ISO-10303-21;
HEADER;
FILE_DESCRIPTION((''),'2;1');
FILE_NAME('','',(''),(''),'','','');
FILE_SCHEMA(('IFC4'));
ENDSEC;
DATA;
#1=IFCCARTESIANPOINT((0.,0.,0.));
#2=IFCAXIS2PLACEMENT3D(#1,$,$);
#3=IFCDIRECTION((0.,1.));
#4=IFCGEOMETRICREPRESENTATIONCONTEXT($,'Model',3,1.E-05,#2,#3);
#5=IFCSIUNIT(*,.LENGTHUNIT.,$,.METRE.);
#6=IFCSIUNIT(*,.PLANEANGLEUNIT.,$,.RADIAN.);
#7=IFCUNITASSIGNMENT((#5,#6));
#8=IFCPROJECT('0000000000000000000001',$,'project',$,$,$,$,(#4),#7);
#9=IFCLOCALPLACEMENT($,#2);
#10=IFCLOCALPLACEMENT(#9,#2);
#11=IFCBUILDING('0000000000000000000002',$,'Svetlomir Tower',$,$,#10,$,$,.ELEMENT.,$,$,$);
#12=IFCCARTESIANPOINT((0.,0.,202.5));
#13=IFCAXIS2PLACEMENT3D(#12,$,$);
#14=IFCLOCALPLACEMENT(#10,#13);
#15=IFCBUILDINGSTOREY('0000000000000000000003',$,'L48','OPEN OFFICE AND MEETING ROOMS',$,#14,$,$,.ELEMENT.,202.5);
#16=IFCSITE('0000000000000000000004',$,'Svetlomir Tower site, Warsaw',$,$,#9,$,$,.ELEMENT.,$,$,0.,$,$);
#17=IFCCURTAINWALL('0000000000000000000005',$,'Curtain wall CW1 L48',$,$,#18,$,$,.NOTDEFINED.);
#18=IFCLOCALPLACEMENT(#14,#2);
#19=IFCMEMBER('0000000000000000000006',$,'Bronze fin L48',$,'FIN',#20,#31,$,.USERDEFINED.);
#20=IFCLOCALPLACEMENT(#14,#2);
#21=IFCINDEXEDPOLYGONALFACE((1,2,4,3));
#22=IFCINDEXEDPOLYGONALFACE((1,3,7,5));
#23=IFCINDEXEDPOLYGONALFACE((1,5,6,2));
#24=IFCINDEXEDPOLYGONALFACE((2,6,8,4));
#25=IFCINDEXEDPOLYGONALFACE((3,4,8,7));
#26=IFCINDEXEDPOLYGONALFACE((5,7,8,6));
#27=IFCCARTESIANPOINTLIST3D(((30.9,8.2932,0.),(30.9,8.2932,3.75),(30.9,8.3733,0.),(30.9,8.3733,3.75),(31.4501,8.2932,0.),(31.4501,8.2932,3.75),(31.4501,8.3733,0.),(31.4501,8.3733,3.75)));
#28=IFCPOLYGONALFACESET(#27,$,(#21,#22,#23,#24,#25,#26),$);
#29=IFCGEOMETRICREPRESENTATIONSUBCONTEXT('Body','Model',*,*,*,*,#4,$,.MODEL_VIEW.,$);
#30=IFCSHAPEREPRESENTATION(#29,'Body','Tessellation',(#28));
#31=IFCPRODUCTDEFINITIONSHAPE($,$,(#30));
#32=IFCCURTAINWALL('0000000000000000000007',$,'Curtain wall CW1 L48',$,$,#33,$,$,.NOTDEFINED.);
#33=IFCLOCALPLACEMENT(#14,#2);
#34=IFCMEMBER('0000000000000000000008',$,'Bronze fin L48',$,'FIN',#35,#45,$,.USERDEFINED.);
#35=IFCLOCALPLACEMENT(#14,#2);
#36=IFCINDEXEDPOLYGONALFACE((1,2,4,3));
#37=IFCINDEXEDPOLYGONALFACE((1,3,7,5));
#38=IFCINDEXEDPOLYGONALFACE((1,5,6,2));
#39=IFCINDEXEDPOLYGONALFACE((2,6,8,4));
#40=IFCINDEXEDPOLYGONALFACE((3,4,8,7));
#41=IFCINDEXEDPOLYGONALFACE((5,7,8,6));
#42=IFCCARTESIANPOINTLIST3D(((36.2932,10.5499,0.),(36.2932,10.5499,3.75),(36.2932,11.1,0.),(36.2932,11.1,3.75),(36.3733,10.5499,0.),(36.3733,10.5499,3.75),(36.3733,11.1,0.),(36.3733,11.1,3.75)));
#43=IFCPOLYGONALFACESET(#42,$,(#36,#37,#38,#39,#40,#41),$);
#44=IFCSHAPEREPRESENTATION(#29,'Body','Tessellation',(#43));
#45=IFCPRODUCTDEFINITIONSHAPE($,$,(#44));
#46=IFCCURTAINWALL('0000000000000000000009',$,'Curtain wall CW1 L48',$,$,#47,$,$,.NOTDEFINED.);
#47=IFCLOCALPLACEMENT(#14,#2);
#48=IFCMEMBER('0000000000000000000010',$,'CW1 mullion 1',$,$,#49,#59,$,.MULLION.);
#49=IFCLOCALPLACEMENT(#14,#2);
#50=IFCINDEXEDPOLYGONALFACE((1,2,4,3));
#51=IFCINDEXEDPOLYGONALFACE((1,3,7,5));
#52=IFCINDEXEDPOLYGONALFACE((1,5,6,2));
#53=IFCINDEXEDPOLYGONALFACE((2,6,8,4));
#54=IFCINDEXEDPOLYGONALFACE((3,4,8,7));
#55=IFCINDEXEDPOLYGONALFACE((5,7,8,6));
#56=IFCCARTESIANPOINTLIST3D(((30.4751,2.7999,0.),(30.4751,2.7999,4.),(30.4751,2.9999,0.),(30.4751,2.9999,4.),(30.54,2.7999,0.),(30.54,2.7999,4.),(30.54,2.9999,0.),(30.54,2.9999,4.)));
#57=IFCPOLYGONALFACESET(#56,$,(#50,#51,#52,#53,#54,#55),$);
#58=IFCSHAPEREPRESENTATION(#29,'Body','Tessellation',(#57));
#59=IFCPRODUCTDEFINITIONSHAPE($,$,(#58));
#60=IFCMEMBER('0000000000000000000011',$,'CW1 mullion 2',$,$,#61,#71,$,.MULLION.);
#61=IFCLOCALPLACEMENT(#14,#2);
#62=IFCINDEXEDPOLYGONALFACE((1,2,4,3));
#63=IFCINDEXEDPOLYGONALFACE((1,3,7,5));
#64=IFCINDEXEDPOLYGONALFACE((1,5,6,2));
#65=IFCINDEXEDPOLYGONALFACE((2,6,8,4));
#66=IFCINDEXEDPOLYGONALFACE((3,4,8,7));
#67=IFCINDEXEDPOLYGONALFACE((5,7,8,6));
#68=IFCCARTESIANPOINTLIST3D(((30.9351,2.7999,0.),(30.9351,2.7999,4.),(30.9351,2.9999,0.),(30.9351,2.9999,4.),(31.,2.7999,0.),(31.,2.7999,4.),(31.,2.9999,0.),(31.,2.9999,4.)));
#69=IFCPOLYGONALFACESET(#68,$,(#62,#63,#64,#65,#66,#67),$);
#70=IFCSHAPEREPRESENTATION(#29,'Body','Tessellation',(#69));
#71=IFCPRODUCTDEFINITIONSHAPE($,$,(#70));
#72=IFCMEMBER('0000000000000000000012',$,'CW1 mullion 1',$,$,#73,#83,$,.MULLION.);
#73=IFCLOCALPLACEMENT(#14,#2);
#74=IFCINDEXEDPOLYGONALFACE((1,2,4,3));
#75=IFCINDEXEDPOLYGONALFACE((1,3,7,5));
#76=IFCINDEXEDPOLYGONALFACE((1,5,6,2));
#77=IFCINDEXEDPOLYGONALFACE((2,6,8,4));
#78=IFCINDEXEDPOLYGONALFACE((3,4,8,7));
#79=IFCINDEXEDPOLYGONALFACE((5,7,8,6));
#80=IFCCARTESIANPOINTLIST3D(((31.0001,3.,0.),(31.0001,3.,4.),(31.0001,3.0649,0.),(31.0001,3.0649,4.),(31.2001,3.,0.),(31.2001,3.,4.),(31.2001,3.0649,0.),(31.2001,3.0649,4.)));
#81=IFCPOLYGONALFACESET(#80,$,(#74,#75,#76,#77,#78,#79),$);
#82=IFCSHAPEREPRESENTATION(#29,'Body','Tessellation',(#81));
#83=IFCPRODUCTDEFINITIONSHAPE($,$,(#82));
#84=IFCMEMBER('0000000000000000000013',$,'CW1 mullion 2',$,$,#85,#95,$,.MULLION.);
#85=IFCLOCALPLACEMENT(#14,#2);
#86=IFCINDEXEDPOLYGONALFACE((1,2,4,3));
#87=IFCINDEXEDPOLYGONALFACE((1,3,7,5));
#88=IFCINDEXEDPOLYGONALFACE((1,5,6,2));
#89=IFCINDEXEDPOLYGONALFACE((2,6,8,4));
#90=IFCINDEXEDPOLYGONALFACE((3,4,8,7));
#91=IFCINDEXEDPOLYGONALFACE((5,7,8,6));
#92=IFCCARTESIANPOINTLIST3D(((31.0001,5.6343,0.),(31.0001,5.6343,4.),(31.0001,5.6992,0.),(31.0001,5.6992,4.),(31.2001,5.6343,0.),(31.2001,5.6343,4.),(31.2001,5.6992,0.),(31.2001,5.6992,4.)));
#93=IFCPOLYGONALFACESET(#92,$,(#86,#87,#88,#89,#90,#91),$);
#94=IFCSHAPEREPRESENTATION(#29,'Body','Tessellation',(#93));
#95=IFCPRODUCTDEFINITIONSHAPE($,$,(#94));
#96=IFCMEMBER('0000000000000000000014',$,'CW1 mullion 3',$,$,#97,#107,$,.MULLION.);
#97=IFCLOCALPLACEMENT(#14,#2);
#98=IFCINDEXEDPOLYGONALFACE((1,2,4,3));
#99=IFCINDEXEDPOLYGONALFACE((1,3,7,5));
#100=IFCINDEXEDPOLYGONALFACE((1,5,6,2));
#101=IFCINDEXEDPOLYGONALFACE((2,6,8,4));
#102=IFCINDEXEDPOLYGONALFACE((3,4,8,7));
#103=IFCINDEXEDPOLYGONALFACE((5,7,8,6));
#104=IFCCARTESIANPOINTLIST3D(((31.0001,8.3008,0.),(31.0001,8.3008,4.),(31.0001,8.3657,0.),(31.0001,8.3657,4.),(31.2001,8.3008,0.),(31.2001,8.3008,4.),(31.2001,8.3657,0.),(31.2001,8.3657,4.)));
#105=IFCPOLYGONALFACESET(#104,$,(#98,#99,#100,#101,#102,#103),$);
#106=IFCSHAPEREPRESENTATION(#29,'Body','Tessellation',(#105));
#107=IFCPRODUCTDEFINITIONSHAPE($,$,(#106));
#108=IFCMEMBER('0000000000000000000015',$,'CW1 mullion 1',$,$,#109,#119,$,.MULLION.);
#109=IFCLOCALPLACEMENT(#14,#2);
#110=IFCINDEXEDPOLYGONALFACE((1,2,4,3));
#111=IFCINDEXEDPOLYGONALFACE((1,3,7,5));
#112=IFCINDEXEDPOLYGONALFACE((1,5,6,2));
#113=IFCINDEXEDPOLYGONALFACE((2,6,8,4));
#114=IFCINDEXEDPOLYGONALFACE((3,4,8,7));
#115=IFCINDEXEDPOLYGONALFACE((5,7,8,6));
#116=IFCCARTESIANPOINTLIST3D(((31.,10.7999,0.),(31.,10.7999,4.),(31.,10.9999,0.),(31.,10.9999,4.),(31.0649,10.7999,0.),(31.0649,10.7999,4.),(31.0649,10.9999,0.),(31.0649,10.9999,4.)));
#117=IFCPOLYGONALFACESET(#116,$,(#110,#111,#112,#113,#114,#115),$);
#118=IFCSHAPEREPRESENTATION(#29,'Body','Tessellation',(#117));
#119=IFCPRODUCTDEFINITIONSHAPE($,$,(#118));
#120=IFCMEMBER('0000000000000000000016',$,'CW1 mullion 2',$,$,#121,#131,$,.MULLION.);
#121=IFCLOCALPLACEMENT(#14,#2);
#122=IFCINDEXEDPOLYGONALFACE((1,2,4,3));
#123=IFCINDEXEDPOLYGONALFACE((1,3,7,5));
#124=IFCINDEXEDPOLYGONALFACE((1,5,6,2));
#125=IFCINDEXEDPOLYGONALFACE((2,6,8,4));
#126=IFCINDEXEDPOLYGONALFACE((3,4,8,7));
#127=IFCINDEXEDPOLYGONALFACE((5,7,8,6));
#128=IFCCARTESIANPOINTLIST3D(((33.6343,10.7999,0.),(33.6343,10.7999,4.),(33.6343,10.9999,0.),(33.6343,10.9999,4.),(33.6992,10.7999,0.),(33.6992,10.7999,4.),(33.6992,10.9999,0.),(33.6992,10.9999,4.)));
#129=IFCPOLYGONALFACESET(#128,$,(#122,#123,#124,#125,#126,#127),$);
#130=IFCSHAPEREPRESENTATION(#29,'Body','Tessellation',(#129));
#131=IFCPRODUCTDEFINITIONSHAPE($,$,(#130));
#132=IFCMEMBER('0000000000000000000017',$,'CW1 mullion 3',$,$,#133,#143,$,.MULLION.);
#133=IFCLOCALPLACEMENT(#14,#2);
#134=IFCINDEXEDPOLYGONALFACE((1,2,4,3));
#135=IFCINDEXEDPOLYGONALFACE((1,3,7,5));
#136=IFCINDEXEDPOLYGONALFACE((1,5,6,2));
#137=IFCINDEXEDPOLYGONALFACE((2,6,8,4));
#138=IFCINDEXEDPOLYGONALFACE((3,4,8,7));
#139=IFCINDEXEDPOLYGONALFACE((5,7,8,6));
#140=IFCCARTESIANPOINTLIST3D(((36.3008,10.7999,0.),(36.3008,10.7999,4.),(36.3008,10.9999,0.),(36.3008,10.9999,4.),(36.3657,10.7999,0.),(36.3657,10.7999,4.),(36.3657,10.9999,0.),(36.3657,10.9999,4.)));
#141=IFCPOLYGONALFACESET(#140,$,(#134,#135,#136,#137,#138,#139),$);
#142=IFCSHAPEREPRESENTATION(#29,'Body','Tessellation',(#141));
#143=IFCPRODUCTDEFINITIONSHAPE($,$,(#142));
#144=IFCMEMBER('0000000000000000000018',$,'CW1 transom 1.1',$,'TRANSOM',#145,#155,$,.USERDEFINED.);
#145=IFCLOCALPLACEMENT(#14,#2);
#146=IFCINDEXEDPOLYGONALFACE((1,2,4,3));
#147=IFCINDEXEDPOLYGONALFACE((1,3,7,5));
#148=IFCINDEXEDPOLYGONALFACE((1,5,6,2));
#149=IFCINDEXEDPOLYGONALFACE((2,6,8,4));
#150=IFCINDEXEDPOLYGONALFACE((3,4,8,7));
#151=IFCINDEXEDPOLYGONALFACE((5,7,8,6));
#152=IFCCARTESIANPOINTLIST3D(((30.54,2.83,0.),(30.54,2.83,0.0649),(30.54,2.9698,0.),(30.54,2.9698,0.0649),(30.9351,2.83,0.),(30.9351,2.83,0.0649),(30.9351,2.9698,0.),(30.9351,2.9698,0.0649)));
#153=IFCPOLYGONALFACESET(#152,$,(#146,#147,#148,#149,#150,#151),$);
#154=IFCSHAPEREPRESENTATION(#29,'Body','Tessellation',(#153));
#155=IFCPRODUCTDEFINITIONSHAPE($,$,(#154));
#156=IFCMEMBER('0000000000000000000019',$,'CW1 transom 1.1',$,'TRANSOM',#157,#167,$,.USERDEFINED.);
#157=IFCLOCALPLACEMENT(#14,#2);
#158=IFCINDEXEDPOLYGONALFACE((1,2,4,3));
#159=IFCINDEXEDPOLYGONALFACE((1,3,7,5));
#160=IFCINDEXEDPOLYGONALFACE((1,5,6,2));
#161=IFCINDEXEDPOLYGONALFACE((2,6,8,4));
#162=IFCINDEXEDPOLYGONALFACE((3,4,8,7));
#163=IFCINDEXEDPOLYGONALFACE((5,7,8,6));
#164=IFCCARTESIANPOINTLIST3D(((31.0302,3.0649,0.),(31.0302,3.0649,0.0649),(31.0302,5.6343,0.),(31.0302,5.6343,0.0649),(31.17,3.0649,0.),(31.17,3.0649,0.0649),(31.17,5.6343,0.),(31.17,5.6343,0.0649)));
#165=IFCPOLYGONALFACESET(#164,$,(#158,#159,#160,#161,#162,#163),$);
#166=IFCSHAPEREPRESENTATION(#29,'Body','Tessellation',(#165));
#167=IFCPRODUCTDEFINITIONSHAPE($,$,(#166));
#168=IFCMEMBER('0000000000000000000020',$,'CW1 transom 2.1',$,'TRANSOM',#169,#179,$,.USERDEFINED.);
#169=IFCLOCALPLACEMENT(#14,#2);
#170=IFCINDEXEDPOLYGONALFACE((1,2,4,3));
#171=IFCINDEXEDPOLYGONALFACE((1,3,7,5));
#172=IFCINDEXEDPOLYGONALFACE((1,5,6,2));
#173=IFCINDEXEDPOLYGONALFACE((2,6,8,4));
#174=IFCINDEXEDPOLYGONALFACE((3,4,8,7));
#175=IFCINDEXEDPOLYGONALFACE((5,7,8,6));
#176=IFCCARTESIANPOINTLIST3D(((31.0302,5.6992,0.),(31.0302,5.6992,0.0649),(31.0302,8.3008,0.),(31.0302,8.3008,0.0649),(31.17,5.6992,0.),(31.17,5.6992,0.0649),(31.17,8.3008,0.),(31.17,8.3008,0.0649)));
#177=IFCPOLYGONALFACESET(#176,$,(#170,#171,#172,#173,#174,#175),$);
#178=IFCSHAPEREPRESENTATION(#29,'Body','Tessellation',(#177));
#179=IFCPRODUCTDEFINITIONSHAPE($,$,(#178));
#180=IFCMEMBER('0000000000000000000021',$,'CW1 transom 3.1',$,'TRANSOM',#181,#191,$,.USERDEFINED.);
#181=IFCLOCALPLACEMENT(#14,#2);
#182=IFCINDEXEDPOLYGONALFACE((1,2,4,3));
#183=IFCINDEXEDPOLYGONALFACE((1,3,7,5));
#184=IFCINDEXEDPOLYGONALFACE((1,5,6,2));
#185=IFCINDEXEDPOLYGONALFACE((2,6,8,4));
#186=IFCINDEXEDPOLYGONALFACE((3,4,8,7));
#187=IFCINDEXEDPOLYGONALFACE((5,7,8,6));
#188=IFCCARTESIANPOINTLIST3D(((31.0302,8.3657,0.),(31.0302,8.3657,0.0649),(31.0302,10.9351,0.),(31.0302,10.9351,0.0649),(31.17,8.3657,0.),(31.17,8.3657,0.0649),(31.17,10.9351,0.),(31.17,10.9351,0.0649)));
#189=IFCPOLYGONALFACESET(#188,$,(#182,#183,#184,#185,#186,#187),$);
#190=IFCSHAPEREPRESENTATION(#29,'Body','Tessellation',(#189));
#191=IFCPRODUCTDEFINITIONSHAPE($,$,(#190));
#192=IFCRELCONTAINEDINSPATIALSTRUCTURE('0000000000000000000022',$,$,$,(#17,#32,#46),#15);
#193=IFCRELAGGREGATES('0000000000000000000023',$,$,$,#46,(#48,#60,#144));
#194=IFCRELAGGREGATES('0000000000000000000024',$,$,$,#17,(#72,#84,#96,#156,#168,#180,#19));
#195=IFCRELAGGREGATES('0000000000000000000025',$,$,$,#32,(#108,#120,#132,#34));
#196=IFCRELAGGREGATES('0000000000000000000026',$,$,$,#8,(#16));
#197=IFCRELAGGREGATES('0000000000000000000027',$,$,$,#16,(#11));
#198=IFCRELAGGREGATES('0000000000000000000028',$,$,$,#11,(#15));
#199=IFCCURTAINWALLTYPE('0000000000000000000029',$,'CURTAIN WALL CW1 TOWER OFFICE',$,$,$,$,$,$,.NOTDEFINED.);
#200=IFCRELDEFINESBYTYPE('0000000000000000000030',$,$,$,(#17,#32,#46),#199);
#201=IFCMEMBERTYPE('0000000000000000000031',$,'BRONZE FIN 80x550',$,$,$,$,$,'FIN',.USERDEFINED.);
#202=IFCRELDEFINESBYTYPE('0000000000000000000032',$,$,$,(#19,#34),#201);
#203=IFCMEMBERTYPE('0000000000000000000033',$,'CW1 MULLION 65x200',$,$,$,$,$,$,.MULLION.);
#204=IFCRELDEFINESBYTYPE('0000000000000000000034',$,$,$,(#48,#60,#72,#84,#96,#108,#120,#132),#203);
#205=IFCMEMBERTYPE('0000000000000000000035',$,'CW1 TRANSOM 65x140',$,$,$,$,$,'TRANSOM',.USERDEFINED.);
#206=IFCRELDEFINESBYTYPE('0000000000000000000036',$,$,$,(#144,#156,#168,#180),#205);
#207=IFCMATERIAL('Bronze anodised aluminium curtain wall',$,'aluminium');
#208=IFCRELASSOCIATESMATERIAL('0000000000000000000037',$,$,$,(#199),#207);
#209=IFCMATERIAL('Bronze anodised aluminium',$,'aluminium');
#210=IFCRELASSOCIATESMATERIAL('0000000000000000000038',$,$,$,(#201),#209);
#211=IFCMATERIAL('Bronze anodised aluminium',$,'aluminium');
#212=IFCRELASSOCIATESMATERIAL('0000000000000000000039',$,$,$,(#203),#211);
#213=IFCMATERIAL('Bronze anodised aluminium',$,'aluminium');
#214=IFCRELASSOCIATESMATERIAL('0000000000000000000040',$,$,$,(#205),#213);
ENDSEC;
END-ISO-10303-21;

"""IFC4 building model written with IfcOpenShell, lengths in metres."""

from ifc_helpers import new_model, si_unit, direction, frame, origin, origin_2d, place, context, subcontext, project, spatial, rectangle, extrude, material, material_profile, profile_set, type_object, element, aggregate, save


model = new_model("IFC4")

# Units and contexts
model_context = context("Model", 3, precision=1e-05, world=origin(), true_north=direction((0.0, 1.0)))
body_context = subcontext(model_context, "Body", "Model", "MODEL_VIEW")
ifc_project = project(units=[si_unit("LENGTHUNIT", "METRE"), si_unit("PLANEANGLEUNIT", "RADIAN")], contexts=[model_context])

# Site, building, storey
site_placement = place(None, origin())
site = spatial("IfcSite", under=ifc_project, at=site_placement, Name="Svetlomir Tower site, Warsaw", CompositionType="ELEMENT", RefElevation=0.0)
building_placement = place(site_placement, origin())
building = spatial("IfcBuilding", under=site, at=building_placement, Name="Svetlomir Tower", CompositionType="ELEMENT")
storey_placement = place(building_placement, frame((0.0, 0.0, 202.5)))
storey = spatial("IfcBuildingStorey", under=building, at=storey_placement, Name="L48", Description="OPEN OFFICE AND MEETING ROOMS", CompositionType="ELEMENT", Elevation=202.5)

# Curtain walls, members
ifc_material_1 = material(Name="Bronze anodised aluminium curtain wall", Category="aluminium")
curtain_wall_type = type_object("IfcCurtainWallType", Name="CURTAIN WALL CW1 TOWER OFFICE", PredefinedType="NOTDEFINED", material=ifc_material_1)
curtain_wall_1_placement = place(storey_placement, origin())
curtain_wall_1 = element("IfcCurtainWall", 1, at=curtain_wall_1_placement, inside=storey, type_object=curtain_wall_type, Name="Curtain wall CW1 L48", PredefinedType="NOTDEFINED")
ifc_material_2 = material(Name="Bronze anodised aluminium", Category="aluminium")
ifc_material_profile_1 = material_profile(ifc_material_2, rectangle(XDim=0.0801, YDim=0.55, at=origin_2d()), Name="FIN 80x550")
ifc_profile_set_1 = profile_set([ifc_material_profile_1], Name="Bronze anodised aluminium 6063-T6")
member_type_1 = type_object("IfcMemberType", Name="BRONZE FIN 80x550", ElementType="FIN", PredefinedType="USERDEFINED", material=ifc_profile_set_1)
member_1_placement = place(storey_placement, frame((31.175, 8.3333, 0.0), z_axis=(0.0, 0.0, 1.0), x_axis=(0.0, 1.0, 0.0)))
member_1 = element("IfcMember", 2, at=member_1_placement, type_object=member_type_1, Name="Bronze fin L48", ObjectType="FIN", PredefinedType="USERDEFINED", context=body_context, shape_type="SweptSolid", body=[
    extrude(rectangle(XDim=0.0801, YDim=0.55, at=origin_2d()), origin(), (0.0, 0.0, 1.0), 3.75),
])
curtain_wall_2_placement = place(storey_placement, origin())
curtain_wall_2 = element("IfcCurtainWall", 3, at=curtain_wall_2_placement, inside=storey, type_object=curtain_wall_type, Name="Curtain wall CW1 L48", PredefinedType="NOTDEFINED")
member_2_placement = place(storey_placement, frame((36.3333, 10.825, 0.0), z_axis=(0.0, 0.0, 1.0), x_axis=(1.0, 0.0, 0.0)))
member_2 = element("IfcMember", 4, at=member_2_placement, type_object=member_type_1, Name="Bronze fin L48", ObjectType="FIN", PredefinedType="USERDEFINED", context=body_context, shape_type="SweptSolid", body=[
    extrude(rectangle(XDim=0.0801, YDim=0.55, at=origin_2d()), origin(), (0.0, 0.0, 1.0), 3.75),
])

# Curtain wall, members
curtain_wall_3_placement = place(storey_placement, origin())
curtain_wall_3 = element("IfcCurtainWall", 5, at=curtain_wall_3_placement, inside=storey, type_object=curtain_wall_type, Name="Curtain wall CW1 L48", PredefinedType="NOTDEFINED")
ifc_material_3 = material(Name="Bronze anodised aluminium", Category="aluminium")
ifc_material_profile_2 = material_profile(ifc_material_3, rectangle(XDim=0.0649, YDim=0.2, at=origin_2d()), Name="AL 65x200")
ifc_profile_set_2 = profile_set([ifc_material_profile_2], Name="Bronze anodised aluminium 6063-T6")
member_type_2 = type_object("IfcMemberType", Name="CW1 MULLION 65x200", PredefinedType="MULLION", material=ifc_profile_set_2)
member_3_placement = place(storey_placement, frame((30.5076, 2.8999, 0.0), z_axis=(0.0, 0.0, 1.0), x_axis=(1.0, 0.0, 0.0)))
member_3 = element("IfcMember", 6, at=member_3_placement, type_object=member_type_2, Name="CW1 mullion 1", PredefinedType="MULLION", context=body_context, shape_type="SweptSolid", body=[
    extrude(rectangle(XDim=0.0649, YDim=0.2, at=origin_2d()), origin(), (0.0, 0.0, 1.0), 4.0),
])
member_4_placement = place(storey_placement, frame((30.9675, 2.8999, 0.0), z_axis=(0.0, 0.0, 1.0), x_axis=(1.0, 0.0, 0.0)))
member_4 = element("IfcMember", 7, at=member_4_placement, type_object=member_type_2, Name="CW1 mullion 2", PredefinedType="MULLION", context=body_context, shape_type="SweptSolid", body=[
    extrude(rectangle(XDim=0.0649, YDim=0.2, at=origin_2d()), origin(), (0.0, 0.0, 1.0), 4.0),
])

# Members
member_5_placement = place(storey_placement, frame((31.1001, 3.0325, 0.0), z_axis=(0.0, 0.0, 1.0), x_axis=(0.0, 1.0, 0.0)))
member_5 = element("IfcMember", 8, at=member_5_placement, type_object=member_type_2, Name="CW1 mullion 1", PredefinedType="MULLION", context=body_context, shape_type="SweptSolid", body=[
    extrude(rectangle(XDim=0.0649, YDim=0.2, at=origin_2d()), origin(), (0.0, 0.0, 1.0), 4.0),
])
member_6_placement = place(storey_placement, frame((31.1001, 5.6667, 0.0), z_axis=(0.0, 0.0, 1.0), x_axis=(0.0, 1.0, 0.0)))
member_6 = element("IfcMember", 9, at=member_6_placement, type_object=member_type_2, Name="CW1 mullion 2", PredefinedType="MULLION", context=body_context, shape_type="SweptSolid", body=[
    extrude(rectangle(XDim=0.0649, YDim=0.2, at=origin_2d()), origin(), (0.0, 0.0, 1.0), 4.0),
])
member_7_placement = place(storey_placement, frame((31.1001, 8.3333, 0.0), z_axis=(0.0, 0.0, 1.0), x_axis=(0.0, 1.0, 0.0)))
member_7 = element("IfcMember", 10, at=member_7_placement, type_object=member_type_2, Name="CW1 mullion 3", PredefinedType="MULLION", context=body_context, shape_type="SweptSolid", body=[
    extrude(rectangle(XDim=0.0649, YDim=0.2, at=origin_2d()), origin(), (0.0, 0.0, 1.0), 4.0),
])
member_8_placement = place(storey_placement, frame((31.0325, 10.8999, 0.0), z_axis=(0.0, 0.0, 1.0), x_axis=(1.0, 0.0, 0.0)))
member_8 = element("IfcMember", 11, at=member_8_placement, type_object=member_type_2, Name="CW1 mullion 1", PredefinedType="MULLION", context=body_context, shape_type="SweptSolid", body=[
    extrude(rectangle(XDim=0.0649, YDim=0.2, at=origin_2d()), origin(), (0.0, 0.0, 1.0), 4.0),
])
member_9_placement = place(storey_placement, frame((33.6667, 10.8999, 0.0), z_axis=(0.0, 0.0, 1.0), x_axis=(1.0, 0.0, 0.0)))
member_9 = element("IfcMember", 12, at=member_9_placement, type_object=member_type_2, Name="CW1 mullion 2", PredefinedType="MULLION", context=body_context, shape_type="SweptSolid", body=[
    extrude(rectangle(XDim=0.0649, YDim=0.2, at=origin_2d()), origin(), (0.0, 0.0, 1.0), 4.0),
])
member_10_placement = place(storey_placement, frame((36.3333, 10.8999, 0.0), z_axis=(0.0, 0.0, 1.0), x_axis=(1.0, 0.0, 0.0)))
member_10 = element("IfcMember", 13, at=member_10_placement, type_object=member_type_2, Name="CW1 mullion 3", PredefinedType="MULLION", context=body_context, shape_type="SweptSolid", body=[
    extrude(rectangle(XDim=0.0649, YDim=0.2, at=origin_2d()), origin(), (0.0, 0.0, 1.0), 4.0),
])
ifc_material_4 = material(Name="Bronze anodised aluminium", Category="aluminium")
ifc_material_profile_3 = material_profile(ifc_material_4, rectangle(XDim=0.1399, YDim=0.0649, at=origin_2d()), Name="AL 140x65")
ifc_profile_set_3 = profile_set([ifc_material_profile_3], Name="Bronze anodised aluminium 6063-T6")
member_type_3 = type_object("IfcMemberType", Name="CW1 TRANSOM 65x140", ElementType="TRANSOM", PredefinedType="USERDEFINED", material=ifc_profile_set_3)
member_11_placement = place(storey_placement, frame((30.54, 2.8999, 0.0325), z_axis=(1.0, 0.0, 0.0), x_axis=(0.0, 1.0, 0.0)))
member_11 = element("IfcMember", 14, at=member_11_placement, type_object=member_type_3, Name="CW1 transom 1.1", ObjectType="TRANSOM", PredefinedType="USERDEFINED", context=body_context, shape_type="SweptSolid", body=[
    extrude(rectangle(XDim=0.1399, YDim=0.0649, at=origin_2d()), origin(), (0.0, 0.0, 1.0), 0.395),
])
member_12_placement = place(storey_placement, frame((31.1001, 3.0649, 0.0325), z_axis=(0.0, 1.0, 0.0), x_axis=(-1.0, 0.0, 0.0)))
member_12 = element("IfcMember", 15, at=member_12_placement, type_object=member_type_3, Name="CW1 transom 1.1", ObjectType="TRANSOM", PredefinedType="USERDEFINED", context=body_context, shape_type="SweptSolid", body=[
    extrude(rectangle(XDim=0.1399, YDim=0.0649, at=origin_2d()), origin(), (0.0, 0.0, 1.0), 2.5693),
])
member_13_placement = place(storey_placement, frame((31.1001, 5.6992, 0.0325), z_axis=(0.0, 1.0, 0.0), x_axis=(-1.0, 0.0, 0.0)))
member_13 = element("IfcMember", 16, at=member_13_placement, type_object=member_type_3, Name="CW1 transom 2.1", ObjectType="TRANSOM", PredefinedType="USERDEFINED", context=body_context, shape_type="SweptSolid", body=[
    extrude(rectangle(XDim=0.1399, YDim=0.0649, at=origin_2d()), origin(), (0.0, 0.0, 1.0), 2.6016),
])
member_14_placement = place(storey_placement, frame((31.1001, 8.3657, 0.0325), z_axis=(0.0, 1.0, 0.0), x_axis=(-1.0, 0.0, 0.0)))
member_14 = element("IfcMember", 17, at=member_14_placement, type_object=member_type_3, Name="CW1 transom 3.1", ObjectType="TRANSOM", PredefinedType="USERDEFINED", context=body_context, shape_type="SweptSolid", body=[
    extrude(rectangle(XDim=0.1399, YDim=0.0649, at=origin_2d()), origin(), (0.0, 0.0, 1.0), 2.5693),
])

aggregate(curtain_wall_3, [member_3, member_4, member_11])
aggregate(curtain_wall_1, [member_5, member_6, member_7, member_12, member_13, member_14, member_1])
aggregate(curtain_wall_2, [member_8, member_9, member_10, member_2])

save(model, "model.ifc")
